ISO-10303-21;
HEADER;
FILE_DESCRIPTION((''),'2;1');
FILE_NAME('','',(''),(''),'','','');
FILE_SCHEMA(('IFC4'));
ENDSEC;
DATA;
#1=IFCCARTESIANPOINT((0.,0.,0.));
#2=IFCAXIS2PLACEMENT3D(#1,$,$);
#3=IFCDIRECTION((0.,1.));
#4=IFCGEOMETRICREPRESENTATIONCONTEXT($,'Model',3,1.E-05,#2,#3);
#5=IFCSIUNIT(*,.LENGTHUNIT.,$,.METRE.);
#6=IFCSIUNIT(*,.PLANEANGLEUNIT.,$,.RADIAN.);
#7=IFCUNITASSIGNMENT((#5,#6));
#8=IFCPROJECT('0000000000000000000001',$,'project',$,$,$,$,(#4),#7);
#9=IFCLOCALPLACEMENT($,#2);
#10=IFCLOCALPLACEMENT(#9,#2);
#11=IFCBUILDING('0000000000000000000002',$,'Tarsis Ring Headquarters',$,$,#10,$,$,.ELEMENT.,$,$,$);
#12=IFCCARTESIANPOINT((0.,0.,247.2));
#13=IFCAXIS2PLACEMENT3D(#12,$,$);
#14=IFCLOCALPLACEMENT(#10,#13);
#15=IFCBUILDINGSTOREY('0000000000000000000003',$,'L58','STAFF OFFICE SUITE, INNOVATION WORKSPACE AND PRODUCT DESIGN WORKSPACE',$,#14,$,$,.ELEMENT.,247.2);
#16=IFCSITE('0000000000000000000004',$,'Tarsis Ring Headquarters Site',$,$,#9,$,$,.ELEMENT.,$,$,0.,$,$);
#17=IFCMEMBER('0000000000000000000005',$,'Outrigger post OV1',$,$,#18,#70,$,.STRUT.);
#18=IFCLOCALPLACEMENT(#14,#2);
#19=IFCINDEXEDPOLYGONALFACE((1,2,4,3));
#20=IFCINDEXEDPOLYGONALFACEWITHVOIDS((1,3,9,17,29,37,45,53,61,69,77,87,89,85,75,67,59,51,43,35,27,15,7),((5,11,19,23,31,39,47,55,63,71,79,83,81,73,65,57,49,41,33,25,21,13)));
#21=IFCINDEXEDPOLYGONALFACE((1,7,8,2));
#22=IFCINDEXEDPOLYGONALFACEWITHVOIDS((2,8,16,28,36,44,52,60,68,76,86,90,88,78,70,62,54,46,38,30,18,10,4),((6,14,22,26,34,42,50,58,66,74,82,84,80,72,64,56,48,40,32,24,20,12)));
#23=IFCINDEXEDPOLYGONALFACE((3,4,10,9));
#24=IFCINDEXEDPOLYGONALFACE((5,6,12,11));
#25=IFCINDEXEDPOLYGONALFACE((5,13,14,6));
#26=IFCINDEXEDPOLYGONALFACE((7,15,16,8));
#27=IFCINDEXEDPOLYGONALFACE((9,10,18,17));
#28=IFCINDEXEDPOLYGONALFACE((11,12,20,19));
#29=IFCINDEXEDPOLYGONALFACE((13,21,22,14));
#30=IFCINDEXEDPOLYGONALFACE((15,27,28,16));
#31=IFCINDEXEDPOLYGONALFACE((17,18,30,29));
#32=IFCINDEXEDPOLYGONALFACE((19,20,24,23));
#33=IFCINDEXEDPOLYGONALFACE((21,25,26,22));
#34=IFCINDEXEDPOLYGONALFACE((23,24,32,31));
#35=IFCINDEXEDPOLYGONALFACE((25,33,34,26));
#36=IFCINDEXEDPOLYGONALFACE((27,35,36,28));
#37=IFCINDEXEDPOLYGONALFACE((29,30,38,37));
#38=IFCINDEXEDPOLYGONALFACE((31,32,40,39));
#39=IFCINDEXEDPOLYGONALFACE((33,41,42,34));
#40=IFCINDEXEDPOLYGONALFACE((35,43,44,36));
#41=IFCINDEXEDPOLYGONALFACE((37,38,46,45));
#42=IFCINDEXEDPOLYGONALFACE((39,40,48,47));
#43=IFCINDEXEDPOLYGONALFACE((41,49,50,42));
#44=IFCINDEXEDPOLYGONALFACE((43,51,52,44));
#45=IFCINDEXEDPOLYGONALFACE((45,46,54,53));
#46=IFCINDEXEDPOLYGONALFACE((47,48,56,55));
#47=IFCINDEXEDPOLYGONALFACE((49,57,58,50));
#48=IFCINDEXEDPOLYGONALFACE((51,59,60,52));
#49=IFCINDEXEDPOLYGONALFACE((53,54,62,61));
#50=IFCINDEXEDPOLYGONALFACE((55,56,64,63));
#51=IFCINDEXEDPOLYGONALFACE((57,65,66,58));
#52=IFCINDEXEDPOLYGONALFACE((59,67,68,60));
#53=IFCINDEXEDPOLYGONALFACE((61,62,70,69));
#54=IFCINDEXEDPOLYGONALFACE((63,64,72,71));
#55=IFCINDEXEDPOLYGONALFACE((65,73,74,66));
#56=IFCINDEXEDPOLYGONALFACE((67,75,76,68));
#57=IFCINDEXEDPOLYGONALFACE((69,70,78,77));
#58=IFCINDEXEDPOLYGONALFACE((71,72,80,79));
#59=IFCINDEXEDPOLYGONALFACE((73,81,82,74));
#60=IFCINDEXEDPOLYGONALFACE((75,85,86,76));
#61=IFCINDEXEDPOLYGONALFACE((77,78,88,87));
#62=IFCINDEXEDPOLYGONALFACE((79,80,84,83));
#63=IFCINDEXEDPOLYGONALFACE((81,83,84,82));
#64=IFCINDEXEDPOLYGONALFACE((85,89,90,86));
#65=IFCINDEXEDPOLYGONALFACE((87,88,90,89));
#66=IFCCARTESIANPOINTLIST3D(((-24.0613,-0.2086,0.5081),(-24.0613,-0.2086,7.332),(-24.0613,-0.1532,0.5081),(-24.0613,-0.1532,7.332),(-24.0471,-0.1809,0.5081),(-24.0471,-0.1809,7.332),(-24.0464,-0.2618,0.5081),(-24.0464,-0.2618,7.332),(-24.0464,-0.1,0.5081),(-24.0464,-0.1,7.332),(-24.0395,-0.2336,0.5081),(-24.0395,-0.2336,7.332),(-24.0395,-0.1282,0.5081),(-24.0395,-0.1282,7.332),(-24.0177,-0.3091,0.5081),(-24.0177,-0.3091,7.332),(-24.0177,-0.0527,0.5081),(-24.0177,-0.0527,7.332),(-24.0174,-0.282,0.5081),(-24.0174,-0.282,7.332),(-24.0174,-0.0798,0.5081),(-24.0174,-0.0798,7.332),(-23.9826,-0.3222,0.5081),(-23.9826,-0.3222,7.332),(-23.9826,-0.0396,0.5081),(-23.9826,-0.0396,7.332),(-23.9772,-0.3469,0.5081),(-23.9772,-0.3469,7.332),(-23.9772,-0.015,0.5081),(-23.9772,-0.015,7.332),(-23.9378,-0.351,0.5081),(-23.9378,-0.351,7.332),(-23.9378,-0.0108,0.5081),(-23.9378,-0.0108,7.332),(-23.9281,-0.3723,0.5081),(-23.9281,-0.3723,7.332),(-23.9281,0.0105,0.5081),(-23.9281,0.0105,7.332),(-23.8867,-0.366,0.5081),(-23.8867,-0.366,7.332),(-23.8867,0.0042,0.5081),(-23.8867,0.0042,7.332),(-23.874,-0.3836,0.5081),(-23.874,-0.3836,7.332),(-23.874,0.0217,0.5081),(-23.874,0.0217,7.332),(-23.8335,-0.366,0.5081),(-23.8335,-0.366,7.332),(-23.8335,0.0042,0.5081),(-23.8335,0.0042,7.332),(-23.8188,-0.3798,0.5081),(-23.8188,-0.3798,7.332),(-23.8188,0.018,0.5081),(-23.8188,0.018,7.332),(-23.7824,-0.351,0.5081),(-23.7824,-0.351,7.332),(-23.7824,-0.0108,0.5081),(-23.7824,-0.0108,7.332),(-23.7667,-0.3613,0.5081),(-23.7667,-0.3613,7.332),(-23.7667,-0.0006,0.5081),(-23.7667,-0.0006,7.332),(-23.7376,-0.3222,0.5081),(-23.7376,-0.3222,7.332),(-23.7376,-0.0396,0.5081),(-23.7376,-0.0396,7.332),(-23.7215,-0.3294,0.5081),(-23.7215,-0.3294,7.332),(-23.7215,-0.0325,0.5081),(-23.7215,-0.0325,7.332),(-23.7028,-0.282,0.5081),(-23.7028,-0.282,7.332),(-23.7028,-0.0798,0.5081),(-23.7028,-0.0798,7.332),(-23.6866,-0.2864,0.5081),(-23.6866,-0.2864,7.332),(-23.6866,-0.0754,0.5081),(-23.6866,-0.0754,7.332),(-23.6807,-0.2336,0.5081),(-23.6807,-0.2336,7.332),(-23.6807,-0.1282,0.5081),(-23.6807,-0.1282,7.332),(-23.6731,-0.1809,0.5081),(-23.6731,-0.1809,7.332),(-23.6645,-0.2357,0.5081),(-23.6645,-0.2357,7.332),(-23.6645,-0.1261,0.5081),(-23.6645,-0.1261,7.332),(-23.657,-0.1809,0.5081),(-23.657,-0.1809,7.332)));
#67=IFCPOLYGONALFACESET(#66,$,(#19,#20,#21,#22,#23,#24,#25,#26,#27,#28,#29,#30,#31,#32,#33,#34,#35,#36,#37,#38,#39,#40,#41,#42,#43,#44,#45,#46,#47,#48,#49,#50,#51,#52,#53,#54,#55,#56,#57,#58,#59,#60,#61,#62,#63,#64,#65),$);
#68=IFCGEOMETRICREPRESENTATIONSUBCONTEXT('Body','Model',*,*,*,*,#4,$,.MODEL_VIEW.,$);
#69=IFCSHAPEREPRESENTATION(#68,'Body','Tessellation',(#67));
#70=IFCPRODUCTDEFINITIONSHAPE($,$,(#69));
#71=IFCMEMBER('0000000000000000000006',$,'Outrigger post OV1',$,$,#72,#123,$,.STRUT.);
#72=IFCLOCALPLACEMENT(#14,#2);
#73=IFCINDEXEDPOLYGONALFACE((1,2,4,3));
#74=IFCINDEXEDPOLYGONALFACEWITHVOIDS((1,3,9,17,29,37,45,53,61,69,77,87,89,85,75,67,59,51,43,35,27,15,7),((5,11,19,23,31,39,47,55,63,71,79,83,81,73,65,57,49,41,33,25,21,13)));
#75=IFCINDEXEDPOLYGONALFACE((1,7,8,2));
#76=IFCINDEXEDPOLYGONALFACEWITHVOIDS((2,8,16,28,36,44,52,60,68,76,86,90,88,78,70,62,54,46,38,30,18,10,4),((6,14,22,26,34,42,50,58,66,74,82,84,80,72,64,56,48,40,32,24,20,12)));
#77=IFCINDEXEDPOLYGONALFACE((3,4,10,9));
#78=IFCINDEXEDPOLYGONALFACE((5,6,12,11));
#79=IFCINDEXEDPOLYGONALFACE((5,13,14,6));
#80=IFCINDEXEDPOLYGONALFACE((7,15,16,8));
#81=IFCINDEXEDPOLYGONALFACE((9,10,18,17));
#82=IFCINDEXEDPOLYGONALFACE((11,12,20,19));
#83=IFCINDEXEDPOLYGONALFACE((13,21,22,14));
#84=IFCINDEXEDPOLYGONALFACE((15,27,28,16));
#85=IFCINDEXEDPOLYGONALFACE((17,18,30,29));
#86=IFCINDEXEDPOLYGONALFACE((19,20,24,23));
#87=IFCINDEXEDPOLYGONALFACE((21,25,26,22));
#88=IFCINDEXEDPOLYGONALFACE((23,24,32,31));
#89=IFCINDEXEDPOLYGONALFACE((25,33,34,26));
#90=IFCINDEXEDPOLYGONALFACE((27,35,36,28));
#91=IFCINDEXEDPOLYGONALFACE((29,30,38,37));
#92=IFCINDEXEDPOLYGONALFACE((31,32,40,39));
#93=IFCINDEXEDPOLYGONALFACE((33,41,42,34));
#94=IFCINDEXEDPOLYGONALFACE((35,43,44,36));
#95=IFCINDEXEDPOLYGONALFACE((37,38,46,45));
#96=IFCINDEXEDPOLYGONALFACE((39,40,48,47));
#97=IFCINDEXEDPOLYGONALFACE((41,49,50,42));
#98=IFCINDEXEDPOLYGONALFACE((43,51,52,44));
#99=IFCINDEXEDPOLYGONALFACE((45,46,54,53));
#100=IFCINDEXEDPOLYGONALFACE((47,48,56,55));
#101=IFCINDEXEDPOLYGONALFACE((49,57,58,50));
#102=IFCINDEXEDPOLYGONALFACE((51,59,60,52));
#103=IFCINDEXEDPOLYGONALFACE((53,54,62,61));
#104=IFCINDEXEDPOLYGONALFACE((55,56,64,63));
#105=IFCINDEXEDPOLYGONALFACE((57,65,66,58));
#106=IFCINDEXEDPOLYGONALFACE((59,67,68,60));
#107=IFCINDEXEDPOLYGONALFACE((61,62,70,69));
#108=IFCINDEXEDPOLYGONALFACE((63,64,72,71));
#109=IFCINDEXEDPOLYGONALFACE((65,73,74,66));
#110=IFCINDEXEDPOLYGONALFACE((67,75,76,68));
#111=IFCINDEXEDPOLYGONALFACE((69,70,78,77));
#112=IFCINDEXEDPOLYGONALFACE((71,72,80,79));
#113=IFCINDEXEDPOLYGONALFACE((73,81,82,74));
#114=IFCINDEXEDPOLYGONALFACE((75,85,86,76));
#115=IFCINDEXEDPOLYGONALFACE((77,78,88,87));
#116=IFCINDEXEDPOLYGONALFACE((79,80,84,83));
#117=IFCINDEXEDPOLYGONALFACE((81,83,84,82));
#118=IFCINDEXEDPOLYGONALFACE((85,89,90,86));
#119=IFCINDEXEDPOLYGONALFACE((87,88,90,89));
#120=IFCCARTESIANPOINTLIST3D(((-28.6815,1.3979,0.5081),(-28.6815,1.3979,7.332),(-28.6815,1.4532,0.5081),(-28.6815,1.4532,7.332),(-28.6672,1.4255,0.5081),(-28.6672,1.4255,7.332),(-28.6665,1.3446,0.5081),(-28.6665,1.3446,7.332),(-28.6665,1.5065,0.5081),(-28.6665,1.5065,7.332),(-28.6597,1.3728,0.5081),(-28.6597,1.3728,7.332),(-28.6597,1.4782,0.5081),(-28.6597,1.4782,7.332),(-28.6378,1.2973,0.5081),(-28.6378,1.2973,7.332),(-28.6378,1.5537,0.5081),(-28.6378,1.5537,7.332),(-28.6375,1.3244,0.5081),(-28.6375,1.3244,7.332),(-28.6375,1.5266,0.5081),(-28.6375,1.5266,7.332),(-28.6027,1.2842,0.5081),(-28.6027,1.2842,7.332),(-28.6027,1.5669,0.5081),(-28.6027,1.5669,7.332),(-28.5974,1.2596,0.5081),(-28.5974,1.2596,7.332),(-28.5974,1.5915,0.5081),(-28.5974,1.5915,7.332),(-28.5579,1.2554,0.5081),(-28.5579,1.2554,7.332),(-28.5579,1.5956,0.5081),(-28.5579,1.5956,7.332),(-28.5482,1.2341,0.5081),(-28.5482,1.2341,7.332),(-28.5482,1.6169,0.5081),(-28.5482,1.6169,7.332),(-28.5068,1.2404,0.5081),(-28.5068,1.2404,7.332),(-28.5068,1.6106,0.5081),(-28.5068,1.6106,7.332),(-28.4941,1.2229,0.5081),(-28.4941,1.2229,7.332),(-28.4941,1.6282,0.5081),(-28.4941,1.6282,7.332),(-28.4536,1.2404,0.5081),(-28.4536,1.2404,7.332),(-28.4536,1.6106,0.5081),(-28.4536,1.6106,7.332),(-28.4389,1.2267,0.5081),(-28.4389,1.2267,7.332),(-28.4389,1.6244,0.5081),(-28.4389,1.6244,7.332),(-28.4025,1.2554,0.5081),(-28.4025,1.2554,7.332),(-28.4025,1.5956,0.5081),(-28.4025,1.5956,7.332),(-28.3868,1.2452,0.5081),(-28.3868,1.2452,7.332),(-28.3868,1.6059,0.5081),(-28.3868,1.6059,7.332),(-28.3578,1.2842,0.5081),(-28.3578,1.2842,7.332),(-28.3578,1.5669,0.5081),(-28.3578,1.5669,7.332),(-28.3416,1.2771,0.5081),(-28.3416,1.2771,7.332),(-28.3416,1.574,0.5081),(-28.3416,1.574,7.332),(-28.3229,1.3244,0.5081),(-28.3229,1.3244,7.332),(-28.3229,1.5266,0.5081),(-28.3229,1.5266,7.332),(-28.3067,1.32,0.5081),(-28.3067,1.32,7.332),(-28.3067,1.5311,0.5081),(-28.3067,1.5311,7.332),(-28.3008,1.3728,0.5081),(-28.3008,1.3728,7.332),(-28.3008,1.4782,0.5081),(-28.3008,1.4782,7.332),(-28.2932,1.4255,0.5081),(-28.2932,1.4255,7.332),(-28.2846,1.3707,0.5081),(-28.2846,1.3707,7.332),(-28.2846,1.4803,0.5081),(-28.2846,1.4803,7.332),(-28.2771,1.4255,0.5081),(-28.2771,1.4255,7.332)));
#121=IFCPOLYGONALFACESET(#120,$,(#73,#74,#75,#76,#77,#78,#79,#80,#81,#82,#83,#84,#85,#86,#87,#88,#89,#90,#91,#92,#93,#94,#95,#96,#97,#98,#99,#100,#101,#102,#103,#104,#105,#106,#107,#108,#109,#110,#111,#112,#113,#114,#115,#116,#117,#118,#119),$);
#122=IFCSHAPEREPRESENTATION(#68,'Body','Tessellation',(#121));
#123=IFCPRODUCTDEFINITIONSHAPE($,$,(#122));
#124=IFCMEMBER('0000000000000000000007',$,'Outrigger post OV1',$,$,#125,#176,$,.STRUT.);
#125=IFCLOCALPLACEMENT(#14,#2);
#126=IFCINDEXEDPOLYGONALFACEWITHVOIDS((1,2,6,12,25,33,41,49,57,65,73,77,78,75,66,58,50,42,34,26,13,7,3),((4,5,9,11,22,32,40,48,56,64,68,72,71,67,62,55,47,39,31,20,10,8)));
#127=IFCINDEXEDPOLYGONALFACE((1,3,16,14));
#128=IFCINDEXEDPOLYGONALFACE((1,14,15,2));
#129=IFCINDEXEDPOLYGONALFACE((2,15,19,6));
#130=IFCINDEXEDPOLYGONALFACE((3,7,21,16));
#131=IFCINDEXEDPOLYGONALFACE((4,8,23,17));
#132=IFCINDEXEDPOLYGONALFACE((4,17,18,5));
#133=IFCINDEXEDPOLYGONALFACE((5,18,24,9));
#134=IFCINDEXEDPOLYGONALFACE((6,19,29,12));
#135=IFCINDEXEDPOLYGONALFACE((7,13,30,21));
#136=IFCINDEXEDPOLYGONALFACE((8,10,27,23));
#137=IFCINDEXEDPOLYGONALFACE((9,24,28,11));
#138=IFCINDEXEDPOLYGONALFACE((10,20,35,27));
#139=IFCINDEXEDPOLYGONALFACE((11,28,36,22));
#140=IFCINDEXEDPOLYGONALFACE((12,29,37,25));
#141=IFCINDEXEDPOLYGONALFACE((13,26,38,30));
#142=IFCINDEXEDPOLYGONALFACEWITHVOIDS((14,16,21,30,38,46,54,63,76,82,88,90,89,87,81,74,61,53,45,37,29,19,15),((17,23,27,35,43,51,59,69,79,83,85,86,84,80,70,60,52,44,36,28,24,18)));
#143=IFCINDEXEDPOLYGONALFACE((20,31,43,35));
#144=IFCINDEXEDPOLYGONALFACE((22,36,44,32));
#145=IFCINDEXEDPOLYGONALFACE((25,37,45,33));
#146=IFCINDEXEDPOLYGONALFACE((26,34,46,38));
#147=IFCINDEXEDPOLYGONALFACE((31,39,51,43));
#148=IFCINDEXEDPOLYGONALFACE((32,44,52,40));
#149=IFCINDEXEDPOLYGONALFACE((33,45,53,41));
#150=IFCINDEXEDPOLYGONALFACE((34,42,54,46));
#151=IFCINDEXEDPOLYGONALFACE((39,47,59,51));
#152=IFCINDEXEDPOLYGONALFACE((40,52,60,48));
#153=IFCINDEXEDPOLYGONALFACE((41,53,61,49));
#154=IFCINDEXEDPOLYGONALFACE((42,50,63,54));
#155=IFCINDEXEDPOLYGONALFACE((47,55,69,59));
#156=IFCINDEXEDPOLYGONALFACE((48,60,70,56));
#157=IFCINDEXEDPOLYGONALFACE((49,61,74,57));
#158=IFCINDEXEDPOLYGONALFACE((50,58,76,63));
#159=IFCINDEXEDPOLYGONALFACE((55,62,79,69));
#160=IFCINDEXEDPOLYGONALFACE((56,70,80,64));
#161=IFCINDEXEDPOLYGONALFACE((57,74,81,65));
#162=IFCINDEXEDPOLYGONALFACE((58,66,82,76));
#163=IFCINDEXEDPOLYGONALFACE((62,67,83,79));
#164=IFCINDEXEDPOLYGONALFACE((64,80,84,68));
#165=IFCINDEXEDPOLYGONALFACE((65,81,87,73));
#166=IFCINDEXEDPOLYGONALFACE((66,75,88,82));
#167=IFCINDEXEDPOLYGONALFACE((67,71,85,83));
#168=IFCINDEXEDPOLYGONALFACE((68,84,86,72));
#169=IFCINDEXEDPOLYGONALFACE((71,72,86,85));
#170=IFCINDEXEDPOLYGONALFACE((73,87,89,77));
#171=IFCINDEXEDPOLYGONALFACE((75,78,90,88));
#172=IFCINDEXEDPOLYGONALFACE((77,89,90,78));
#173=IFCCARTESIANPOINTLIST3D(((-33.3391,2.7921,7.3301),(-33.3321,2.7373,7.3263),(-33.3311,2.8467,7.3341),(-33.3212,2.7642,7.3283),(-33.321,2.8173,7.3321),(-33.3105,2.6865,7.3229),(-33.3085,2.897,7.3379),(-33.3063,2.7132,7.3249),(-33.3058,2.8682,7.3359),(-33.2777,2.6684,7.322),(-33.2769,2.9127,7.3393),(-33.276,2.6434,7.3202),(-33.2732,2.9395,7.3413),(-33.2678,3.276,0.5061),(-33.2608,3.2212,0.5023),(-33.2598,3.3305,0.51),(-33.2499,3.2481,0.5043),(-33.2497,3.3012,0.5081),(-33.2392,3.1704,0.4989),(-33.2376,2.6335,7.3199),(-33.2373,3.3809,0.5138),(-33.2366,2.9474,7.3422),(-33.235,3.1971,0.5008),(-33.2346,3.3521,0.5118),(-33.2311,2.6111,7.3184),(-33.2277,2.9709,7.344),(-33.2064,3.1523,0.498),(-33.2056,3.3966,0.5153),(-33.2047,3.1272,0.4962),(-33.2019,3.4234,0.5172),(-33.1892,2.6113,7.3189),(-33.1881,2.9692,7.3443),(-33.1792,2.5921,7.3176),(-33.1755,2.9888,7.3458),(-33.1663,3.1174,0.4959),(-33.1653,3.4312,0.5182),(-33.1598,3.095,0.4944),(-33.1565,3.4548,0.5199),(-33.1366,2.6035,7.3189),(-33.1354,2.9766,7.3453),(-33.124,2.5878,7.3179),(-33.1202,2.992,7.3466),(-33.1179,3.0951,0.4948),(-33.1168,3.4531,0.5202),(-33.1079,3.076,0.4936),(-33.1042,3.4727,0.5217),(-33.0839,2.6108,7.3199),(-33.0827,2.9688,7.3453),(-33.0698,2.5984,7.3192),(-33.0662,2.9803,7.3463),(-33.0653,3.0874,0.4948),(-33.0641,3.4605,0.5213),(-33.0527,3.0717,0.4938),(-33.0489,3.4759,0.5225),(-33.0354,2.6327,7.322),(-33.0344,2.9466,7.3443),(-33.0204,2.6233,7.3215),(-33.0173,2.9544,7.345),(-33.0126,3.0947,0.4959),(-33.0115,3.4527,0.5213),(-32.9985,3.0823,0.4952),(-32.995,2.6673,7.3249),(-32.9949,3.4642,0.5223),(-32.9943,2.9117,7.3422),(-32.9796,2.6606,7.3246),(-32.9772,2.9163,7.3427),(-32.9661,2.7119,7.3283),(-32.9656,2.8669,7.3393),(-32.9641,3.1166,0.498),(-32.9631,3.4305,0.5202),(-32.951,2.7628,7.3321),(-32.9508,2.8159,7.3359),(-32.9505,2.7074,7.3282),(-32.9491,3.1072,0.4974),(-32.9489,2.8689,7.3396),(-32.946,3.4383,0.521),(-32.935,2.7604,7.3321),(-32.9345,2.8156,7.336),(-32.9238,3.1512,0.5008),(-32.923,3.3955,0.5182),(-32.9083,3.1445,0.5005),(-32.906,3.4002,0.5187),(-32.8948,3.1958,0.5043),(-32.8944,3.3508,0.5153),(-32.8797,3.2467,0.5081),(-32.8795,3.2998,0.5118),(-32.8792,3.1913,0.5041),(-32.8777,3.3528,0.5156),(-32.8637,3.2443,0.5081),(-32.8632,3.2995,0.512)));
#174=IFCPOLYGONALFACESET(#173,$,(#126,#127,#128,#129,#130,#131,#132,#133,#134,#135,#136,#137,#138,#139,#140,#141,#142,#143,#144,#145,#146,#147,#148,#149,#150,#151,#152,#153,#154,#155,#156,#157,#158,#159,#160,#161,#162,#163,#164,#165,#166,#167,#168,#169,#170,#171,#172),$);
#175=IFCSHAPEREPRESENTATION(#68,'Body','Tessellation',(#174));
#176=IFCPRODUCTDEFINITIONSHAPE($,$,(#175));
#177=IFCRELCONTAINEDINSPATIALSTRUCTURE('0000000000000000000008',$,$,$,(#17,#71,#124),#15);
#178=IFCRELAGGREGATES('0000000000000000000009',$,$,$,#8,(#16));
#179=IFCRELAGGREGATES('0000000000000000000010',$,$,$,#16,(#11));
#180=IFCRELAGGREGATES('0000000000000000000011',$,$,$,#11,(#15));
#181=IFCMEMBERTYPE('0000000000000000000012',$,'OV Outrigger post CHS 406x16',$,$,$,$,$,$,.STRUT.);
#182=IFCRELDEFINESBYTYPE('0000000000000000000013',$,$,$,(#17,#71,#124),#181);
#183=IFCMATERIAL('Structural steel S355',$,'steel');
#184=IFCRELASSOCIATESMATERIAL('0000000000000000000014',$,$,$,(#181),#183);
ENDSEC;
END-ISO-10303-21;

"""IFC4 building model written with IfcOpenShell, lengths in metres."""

from ifc_helpers import new_model, si_unit, direction, frame, origin, origin_2d, place, context, subcontext, project, spatial, hollow_circle, extrude, material, material_profile, profile_set, type_object, element, save


model = new_model("IFC4")

# Units and contexts
model_context = context("Model", 3, precision=1e-05, world=origin(), true_north=direction((0.0, 1.0)))
body_context = subcontext(model_context, "Body", "Model", "MODEL_VIEW")
ifc_project = project(units=[si_unit("LENGTHUNIT", "METRE"), si_unit("PLANEANGLEUNIT", "RADIAN")], contexts=[model_context])

# Site, building, storey
site_placement = place(None, origin())
site = spatial("IfcSite", under=ifc_project, at=site_placement, Name="Tarsis Ring Headquarters Site", CompositionType="ELEMENT", RefElevation=0.0)
building_placement = place(site_placement, origin())
building = spatial("IfcBuilding", under=site, at=building_placement, Name="Tarsis Ring Headquarters", CompositionType="ELEMENT")
storey_placement = place(building_placement, frame((0.0, 0.0, 247.2)))
storey = spatial("IfcBuildingStorey", under=building, at=storey_placement, Name="L58", Description="STAFF OFFICE SUITE, INNOVATION WORKSPACE AND PRODUCT DESIGN WORKSPACE", CompositionType="ELEMENT", Elevation=247.2)

# Members
ifc_material_1 = material(Name="Structural steel S355", Category="steel")
ifc_material_profile_1 = material_profile(ifc_material_1, hollow_circle(Radius=0.2031, WallThickness=0.0161, at=origin_2d()), Name="CHS 406x16")
ifc_profile_set_1 = profile_set([ifc_material_profile_1], Name="Structural steel S355")
member_type_1 = type_object("IfcMemberType", Name="OV Outrigger post CHS 406x16", PredefinedType="STRUT", material=ifc_profile_set_1)
for number, where, z_axis, x_axis, name in (
    (1, (-23.8601, -0.1809, 0.5081), (0.0, 0.0, 1.0), (1.0, 0.0, 0.0), "Outrigger post OV1"),
    (2, (-28.4802, 1.4255, 0.5081), (0.0, 0.0, 1.0), (1.0, 0.0, 0.0), "Outrigger post OV1"),
):
    element("IfcMember", number, at=place(storey_placement, frame(where, z_axis=z_axis, x_axis=x_axis)), inside=storey, type_object=member_type_1, Name=name, PredefinedType="STRUT", context=body_context, shape_type="SweptSolid", body=[
        extrude(hollow_circle(Radius=0.2031, WallThickness=0.0161, at=origin_2d()), origin(), (0.0, 0.0, 1.0), 6.824),
    ])
member_1_placement = place(storey_placement, frame((-33.0647, 3.2739, 0.5081), z_axis=(-0.01042, -0.070728, 0.997441), x_axis=(0.989321, -0.145753, 0.0)))
element("IfcMember", 3, at=member_1_placement, inside=storey, type_object=member_type_1, Name="Outrigger post OV1", PredefinedType="STRUT", context=body_context, shape_type="SweptSolid", body=[
    extrude(hollow_circle(Radius=0.2031, WallThickness=0.0161, at=origin_2d()), origin(), (0.0, 0.0, 1.0), 6.8416),
])

save(model, "model.ifc")
